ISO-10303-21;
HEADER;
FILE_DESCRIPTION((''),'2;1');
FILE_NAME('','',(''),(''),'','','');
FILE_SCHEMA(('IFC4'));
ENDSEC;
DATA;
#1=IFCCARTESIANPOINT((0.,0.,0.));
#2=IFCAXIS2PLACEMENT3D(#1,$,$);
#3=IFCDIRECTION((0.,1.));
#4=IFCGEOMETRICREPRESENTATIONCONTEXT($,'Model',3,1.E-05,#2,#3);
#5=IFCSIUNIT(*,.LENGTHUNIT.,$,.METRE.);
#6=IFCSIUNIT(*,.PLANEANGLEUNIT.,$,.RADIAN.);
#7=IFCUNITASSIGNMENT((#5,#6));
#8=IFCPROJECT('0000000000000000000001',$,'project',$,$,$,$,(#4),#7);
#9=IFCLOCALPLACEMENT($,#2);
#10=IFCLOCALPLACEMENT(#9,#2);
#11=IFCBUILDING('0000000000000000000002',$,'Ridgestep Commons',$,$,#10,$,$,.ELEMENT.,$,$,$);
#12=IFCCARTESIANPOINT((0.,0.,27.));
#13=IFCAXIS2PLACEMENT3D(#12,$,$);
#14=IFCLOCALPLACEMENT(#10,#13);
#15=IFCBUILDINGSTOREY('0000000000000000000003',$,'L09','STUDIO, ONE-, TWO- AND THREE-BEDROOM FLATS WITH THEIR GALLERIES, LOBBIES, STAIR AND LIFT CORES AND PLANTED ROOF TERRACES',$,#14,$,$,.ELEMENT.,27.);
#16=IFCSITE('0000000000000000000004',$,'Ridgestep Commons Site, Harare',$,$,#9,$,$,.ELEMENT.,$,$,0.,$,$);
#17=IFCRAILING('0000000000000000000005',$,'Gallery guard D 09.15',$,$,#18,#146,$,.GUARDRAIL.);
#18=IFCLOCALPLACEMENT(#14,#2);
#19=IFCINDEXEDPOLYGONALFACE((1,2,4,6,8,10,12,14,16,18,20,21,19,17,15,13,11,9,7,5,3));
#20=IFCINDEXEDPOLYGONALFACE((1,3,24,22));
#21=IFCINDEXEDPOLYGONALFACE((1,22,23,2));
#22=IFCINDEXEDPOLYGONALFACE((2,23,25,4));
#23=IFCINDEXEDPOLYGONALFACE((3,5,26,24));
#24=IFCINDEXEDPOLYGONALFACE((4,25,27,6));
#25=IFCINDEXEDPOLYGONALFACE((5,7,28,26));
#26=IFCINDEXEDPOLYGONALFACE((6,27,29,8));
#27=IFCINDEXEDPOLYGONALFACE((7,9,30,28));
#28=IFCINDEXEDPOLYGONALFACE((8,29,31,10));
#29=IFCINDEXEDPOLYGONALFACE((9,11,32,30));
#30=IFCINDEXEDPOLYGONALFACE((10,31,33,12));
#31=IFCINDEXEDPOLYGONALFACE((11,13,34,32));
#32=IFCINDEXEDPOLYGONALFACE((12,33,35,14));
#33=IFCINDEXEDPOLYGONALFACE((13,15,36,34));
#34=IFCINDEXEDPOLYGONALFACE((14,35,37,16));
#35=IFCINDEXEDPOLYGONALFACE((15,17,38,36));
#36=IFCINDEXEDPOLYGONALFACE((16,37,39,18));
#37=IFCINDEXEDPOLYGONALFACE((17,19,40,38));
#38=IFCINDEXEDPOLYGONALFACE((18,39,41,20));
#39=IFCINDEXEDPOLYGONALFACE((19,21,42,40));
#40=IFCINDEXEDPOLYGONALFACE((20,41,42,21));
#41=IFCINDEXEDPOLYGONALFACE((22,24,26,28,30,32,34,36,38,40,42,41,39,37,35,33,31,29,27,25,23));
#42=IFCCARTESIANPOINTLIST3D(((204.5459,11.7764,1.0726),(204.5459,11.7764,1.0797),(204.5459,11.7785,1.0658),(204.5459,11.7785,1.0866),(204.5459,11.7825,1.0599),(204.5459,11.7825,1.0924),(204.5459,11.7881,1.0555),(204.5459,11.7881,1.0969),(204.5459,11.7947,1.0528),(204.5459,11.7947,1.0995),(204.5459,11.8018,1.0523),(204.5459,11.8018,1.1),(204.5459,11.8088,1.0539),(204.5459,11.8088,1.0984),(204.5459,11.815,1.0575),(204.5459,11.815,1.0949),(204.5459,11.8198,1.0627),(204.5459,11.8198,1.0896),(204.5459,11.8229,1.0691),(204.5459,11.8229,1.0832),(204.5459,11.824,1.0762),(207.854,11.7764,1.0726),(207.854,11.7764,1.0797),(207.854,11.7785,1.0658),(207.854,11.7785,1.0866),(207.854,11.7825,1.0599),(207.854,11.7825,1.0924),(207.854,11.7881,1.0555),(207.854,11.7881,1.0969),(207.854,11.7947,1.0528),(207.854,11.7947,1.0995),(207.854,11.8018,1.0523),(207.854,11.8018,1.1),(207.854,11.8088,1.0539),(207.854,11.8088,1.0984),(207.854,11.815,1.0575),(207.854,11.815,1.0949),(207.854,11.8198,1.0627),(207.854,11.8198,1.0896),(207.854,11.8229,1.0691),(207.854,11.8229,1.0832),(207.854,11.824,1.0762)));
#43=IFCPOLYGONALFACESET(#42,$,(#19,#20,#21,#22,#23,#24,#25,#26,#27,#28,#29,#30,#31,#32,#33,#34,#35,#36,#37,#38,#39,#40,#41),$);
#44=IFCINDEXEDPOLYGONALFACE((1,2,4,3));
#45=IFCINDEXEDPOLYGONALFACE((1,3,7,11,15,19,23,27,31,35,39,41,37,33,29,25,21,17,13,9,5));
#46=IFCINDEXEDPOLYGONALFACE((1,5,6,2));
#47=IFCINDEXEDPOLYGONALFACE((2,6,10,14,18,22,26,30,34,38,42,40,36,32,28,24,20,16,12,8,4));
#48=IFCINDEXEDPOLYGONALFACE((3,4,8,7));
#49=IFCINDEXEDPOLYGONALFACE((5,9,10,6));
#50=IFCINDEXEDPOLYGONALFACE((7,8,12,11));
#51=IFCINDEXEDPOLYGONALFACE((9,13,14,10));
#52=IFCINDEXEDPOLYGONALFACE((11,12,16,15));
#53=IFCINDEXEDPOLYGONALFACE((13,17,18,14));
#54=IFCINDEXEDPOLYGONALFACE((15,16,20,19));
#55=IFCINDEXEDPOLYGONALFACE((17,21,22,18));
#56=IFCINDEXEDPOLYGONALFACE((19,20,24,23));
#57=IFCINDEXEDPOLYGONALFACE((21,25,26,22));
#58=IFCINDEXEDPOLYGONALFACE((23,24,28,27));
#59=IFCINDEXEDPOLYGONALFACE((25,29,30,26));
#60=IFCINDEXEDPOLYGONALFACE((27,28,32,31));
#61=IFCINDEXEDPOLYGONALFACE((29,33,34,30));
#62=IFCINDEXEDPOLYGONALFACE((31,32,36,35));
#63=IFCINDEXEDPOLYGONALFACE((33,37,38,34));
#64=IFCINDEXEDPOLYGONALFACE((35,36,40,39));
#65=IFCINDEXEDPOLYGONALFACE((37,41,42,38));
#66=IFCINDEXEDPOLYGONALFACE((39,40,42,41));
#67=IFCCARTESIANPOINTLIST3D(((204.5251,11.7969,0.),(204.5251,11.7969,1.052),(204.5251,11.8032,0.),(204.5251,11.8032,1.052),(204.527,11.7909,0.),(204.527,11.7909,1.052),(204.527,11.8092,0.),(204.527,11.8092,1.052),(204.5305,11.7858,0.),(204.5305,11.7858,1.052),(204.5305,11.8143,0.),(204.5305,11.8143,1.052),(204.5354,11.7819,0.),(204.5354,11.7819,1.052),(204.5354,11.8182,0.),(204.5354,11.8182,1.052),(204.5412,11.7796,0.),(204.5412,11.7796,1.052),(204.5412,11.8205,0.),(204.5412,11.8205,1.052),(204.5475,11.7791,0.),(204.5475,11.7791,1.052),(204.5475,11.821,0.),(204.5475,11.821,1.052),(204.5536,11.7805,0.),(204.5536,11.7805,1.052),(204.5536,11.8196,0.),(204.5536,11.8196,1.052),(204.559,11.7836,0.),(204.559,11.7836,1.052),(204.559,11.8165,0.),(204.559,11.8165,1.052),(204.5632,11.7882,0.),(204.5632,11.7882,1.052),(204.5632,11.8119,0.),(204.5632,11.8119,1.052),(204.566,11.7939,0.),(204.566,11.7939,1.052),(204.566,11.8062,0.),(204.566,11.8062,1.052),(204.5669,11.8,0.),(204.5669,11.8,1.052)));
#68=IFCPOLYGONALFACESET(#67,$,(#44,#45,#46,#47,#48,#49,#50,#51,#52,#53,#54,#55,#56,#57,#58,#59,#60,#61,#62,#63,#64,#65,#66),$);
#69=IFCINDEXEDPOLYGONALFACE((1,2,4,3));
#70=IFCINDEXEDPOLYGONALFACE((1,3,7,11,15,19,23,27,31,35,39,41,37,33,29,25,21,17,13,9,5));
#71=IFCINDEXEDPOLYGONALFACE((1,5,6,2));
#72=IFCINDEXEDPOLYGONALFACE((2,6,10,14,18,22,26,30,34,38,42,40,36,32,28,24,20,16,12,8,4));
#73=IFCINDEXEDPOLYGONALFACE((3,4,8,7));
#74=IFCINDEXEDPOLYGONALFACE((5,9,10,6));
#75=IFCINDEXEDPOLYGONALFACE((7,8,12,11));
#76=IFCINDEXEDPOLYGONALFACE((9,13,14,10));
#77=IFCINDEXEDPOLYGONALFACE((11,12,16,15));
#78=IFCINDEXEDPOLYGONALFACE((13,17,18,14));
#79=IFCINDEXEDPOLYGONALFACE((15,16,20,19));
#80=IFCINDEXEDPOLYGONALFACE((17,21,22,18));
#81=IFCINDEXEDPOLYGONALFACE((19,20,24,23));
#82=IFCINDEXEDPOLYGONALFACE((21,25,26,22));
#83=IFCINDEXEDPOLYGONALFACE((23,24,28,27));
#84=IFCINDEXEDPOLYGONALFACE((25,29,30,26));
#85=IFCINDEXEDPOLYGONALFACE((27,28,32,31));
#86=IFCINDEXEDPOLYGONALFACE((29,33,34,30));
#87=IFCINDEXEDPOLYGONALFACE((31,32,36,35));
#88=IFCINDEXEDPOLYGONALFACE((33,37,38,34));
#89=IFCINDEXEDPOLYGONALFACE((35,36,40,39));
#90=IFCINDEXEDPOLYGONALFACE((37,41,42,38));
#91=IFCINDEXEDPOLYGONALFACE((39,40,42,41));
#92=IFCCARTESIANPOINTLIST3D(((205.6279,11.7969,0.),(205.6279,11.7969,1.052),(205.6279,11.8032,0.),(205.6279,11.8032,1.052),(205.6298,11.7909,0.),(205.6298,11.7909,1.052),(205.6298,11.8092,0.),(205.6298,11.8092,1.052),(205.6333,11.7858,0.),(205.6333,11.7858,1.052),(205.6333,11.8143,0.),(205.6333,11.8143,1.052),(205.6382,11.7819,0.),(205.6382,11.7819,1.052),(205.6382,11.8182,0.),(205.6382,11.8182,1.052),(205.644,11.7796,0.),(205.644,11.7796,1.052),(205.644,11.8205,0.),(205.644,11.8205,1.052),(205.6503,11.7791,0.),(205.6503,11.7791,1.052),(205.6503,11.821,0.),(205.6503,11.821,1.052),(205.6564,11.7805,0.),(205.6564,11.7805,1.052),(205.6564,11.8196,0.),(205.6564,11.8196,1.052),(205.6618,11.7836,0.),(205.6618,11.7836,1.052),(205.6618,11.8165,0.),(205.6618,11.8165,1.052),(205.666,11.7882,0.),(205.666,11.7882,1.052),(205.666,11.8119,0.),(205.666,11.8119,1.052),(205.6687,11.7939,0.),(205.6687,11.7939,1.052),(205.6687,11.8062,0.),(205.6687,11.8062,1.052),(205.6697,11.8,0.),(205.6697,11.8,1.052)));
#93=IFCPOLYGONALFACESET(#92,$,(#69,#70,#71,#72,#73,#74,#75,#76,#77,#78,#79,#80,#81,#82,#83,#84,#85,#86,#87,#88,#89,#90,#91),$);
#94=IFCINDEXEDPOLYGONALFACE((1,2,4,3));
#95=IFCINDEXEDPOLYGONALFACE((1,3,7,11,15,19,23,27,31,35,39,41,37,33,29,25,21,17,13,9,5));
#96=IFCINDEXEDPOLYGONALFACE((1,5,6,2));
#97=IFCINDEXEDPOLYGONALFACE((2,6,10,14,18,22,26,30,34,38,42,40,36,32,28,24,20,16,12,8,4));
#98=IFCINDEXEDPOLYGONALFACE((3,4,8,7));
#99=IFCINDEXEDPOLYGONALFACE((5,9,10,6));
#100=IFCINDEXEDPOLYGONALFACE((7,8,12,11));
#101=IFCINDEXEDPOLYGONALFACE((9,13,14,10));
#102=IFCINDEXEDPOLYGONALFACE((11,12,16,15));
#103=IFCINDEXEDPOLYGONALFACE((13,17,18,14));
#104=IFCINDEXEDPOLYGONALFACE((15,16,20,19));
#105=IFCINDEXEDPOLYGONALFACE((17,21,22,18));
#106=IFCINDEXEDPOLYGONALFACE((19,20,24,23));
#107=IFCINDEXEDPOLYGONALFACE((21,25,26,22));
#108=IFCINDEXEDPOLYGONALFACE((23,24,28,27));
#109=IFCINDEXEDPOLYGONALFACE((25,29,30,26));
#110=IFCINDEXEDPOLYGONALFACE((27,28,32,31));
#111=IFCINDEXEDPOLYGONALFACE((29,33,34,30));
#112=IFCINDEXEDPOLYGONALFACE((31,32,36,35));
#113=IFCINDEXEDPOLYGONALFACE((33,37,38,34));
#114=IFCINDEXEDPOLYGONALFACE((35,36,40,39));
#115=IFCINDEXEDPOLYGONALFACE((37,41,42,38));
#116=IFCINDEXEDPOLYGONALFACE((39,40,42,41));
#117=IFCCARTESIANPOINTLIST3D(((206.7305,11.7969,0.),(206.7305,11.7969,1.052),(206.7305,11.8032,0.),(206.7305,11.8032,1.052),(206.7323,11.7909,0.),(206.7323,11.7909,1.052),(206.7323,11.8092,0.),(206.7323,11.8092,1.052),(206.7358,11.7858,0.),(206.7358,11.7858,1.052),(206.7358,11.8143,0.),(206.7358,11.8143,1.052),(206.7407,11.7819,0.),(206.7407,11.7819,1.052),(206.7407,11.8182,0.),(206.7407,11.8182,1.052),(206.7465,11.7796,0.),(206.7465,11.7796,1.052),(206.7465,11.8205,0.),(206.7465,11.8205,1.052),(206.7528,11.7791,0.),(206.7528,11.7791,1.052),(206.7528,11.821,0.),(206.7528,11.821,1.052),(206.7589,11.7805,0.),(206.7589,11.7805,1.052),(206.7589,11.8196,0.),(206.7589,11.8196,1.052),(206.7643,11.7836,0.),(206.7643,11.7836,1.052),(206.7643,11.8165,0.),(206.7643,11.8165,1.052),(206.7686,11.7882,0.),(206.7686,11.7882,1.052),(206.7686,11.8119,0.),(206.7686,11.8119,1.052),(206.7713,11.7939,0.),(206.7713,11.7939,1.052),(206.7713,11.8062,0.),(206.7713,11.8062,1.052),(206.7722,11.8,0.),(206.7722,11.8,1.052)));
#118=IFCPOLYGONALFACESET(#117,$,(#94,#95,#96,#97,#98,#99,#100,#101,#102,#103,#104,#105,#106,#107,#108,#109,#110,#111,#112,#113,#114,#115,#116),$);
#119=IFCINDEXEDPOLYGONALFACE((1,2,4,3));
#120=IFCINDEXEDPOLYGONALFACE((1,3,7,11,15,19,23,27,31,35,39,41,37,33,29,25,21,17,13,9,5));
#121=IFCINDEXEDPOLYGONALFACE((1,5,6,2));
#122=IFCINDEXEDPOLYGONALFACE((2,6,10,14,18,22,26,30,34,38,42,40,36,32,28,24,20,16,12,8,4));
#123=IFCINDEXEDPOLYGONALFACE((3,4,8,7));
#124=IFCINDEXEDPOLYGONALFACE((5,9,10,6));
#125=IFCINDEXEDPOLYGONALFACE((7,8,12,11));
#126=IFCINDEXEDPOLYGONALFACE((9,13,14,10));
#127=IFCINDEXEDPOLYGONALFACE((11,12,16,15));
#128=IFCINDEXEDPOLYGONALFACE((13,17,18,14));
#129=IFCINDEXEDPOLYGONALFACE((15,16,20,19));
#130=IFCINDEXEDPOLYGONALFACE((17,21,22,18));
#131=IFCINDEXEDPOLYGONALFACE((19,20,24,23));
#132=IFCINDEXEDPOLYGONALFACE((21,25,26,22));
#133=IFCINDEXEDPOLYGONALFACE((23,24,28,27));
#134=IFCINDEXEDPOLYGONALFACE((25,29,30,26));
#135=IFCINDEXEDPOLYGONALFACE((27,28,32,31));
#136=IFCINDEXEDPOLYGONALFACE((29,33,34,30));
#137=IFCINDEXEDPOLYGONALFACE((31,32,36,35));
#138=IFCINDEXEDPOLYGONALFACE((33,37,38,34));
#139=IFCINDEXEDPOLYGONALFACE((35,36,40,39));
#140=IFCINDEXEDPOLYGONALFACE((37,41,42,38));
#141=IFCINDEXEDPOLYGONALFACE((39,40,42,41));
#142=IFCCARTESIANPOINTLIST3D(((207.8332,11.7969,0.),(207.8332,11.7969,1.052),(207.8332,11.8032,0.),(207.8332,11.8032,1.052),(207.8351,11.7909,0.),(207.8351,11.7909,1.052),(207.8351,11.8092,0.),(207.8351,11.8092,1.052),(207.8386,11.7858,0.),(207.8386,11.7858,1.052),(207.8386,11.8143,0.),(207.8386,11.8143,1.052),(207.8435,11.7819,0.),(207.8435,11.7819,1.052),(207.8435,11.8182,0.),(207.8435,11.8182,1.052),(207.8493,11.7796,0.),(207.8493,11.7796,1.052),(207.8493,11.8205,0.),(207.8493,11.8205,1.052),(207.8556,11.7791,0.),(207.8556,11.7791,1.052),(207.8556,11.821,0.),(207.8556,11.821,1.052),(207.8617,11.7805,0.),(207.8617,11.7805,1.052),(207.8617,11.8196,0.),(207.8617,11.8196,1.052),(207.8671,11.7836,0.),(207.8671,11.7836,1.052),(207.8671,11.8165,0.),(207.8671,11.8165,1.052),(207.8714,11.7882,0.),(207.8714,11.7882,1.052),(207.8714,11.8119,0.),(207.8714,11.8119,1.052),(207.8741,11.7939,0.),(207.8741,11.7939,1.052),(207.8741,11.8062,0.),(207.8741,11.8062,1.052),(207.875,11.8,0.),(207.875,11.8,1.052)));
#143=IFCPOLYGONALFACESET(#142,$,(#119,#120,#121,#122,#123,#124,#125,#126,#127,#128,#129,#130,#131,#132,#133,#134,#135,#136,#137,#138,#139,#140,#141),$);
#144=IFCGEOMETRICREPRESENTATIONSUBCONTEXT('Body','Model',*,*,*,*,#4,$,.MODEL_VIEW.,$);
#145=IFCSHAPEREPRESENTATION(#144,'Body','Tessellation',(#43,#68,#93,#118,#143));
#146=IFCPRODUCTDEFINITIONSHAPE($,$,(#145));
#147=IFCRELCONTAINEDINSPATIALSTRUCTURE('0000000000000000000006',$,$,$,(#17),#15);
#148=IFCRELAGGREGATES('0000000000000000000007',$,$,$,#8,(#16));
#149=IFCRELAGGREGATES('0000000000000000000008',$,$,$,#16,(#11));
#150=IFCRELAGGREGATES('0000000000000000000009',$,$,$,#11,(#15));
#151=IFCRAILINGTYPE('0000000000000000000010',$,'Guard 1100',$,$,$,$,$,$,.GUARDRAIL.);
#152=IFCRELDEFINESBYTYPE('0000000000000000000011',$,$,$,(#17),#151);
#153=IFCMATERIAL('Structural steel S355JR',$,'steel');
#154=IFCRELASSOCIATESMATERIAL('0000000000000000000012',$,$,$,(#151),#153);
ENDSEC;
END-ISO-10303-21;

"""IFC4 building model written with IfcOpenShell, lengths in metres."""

from ifc_helpers import new_model, si_unit, direction, frame, origin, origin_2d, place, context, subcontext, project, spatial, circle, extrude, material, type_object, element, save


model = new_model("IFC4")

# Units and contexts
model_context = context("Model", 3, precision=1e-05, world=origin(), true_north=direction((0.0, 1.0)))
body_context = subcontext(model_context, "Body", "Model", "MODEL_VIEW")
ifc_project = project(units=[si_unit("LENGTHUNIT", "METRE"), si_unit("PLANEANGLEUNIT", "RADIAN")], contexts=[model_context])

# Site, building, storey
site_placement = place(None, origin())
site = spatial("IfcSite", under=ifc_project, at=site_placement, Name="Ridgestep Commons Site, Harare", CompositionType="ELEMENT", RefElevation=0.0)
building_placement = place(site_placement, origin())
building = spatial("IfcBuilding", under=site, at=building_placement, Name="Ridgestep Commons", CompositionType="ELEMENT")
storey_placement = place(building_placement, frame((0.0, 0.0, 27.0)))
storey = spatial("IfcBuildingStorey", under=building, at=storey_placement, Name="L09", Description="STUDIO, ONE-, TWO- AND THREE-BEDROOM FLATS WITH THEIR GALLERIES, LOBBIES, STAIR AND LIFT CORES AND PLANTED ROOF TERRACES", CompositionType="ELEMENT", Elevation=27.0)

# Railing
ifc_material_1 = material(Name="Structural steel S355JR", Category="steel")
railing_type_1 = type_object("IfcRailingType", Name="Guard 1100", PredefinedType="GUARDRAIL", material=ifc_material_1)
railing_1_placement = place(storey_placement, frame((204.5459, 11.8, 0.0)))
element("IfcRailing", 1, at=railing_1_placement, inside=storey, type_object=railing_type_1, Name="Gallery guard D 09.15", PredefinedType="GUARDRAIL", context=body_context, shape_type="SweptSolid", body=[
    extrude(circle(Radius=0.0239, at=origin_2d()), frame((0.0, 0.0, 1.0762), z_axis=(1.0, 0.0, 0.0), x_axis=(0.0, 1.0, 0.0)), (0.0, 0.0, 1.0), 3.3081),
    extrude(circle(Radius=0.021, at=origin_2d()), origin(), (0.0, 0.0, 1.0), 1.052),
    extrude(circle(Radius=0.021, at=origin_2d()), frame((1.1028, 0.0, 0.0)), (0.0, 0.0, 1.0), 1.052),
    extrude(circle(Radius=0.021, at=origin_2d()), frame((2.2053, 0.0, 0.0)), (0.0, 0.0, 1.0), 1.052),
    extrude(circle(Radius=0.021, at=origin_2d()), frame((3.3081, 0.0, 0.0)), (0.0, 0.0, 1.0), 1.052),
])

save(model, "model.ifc")
